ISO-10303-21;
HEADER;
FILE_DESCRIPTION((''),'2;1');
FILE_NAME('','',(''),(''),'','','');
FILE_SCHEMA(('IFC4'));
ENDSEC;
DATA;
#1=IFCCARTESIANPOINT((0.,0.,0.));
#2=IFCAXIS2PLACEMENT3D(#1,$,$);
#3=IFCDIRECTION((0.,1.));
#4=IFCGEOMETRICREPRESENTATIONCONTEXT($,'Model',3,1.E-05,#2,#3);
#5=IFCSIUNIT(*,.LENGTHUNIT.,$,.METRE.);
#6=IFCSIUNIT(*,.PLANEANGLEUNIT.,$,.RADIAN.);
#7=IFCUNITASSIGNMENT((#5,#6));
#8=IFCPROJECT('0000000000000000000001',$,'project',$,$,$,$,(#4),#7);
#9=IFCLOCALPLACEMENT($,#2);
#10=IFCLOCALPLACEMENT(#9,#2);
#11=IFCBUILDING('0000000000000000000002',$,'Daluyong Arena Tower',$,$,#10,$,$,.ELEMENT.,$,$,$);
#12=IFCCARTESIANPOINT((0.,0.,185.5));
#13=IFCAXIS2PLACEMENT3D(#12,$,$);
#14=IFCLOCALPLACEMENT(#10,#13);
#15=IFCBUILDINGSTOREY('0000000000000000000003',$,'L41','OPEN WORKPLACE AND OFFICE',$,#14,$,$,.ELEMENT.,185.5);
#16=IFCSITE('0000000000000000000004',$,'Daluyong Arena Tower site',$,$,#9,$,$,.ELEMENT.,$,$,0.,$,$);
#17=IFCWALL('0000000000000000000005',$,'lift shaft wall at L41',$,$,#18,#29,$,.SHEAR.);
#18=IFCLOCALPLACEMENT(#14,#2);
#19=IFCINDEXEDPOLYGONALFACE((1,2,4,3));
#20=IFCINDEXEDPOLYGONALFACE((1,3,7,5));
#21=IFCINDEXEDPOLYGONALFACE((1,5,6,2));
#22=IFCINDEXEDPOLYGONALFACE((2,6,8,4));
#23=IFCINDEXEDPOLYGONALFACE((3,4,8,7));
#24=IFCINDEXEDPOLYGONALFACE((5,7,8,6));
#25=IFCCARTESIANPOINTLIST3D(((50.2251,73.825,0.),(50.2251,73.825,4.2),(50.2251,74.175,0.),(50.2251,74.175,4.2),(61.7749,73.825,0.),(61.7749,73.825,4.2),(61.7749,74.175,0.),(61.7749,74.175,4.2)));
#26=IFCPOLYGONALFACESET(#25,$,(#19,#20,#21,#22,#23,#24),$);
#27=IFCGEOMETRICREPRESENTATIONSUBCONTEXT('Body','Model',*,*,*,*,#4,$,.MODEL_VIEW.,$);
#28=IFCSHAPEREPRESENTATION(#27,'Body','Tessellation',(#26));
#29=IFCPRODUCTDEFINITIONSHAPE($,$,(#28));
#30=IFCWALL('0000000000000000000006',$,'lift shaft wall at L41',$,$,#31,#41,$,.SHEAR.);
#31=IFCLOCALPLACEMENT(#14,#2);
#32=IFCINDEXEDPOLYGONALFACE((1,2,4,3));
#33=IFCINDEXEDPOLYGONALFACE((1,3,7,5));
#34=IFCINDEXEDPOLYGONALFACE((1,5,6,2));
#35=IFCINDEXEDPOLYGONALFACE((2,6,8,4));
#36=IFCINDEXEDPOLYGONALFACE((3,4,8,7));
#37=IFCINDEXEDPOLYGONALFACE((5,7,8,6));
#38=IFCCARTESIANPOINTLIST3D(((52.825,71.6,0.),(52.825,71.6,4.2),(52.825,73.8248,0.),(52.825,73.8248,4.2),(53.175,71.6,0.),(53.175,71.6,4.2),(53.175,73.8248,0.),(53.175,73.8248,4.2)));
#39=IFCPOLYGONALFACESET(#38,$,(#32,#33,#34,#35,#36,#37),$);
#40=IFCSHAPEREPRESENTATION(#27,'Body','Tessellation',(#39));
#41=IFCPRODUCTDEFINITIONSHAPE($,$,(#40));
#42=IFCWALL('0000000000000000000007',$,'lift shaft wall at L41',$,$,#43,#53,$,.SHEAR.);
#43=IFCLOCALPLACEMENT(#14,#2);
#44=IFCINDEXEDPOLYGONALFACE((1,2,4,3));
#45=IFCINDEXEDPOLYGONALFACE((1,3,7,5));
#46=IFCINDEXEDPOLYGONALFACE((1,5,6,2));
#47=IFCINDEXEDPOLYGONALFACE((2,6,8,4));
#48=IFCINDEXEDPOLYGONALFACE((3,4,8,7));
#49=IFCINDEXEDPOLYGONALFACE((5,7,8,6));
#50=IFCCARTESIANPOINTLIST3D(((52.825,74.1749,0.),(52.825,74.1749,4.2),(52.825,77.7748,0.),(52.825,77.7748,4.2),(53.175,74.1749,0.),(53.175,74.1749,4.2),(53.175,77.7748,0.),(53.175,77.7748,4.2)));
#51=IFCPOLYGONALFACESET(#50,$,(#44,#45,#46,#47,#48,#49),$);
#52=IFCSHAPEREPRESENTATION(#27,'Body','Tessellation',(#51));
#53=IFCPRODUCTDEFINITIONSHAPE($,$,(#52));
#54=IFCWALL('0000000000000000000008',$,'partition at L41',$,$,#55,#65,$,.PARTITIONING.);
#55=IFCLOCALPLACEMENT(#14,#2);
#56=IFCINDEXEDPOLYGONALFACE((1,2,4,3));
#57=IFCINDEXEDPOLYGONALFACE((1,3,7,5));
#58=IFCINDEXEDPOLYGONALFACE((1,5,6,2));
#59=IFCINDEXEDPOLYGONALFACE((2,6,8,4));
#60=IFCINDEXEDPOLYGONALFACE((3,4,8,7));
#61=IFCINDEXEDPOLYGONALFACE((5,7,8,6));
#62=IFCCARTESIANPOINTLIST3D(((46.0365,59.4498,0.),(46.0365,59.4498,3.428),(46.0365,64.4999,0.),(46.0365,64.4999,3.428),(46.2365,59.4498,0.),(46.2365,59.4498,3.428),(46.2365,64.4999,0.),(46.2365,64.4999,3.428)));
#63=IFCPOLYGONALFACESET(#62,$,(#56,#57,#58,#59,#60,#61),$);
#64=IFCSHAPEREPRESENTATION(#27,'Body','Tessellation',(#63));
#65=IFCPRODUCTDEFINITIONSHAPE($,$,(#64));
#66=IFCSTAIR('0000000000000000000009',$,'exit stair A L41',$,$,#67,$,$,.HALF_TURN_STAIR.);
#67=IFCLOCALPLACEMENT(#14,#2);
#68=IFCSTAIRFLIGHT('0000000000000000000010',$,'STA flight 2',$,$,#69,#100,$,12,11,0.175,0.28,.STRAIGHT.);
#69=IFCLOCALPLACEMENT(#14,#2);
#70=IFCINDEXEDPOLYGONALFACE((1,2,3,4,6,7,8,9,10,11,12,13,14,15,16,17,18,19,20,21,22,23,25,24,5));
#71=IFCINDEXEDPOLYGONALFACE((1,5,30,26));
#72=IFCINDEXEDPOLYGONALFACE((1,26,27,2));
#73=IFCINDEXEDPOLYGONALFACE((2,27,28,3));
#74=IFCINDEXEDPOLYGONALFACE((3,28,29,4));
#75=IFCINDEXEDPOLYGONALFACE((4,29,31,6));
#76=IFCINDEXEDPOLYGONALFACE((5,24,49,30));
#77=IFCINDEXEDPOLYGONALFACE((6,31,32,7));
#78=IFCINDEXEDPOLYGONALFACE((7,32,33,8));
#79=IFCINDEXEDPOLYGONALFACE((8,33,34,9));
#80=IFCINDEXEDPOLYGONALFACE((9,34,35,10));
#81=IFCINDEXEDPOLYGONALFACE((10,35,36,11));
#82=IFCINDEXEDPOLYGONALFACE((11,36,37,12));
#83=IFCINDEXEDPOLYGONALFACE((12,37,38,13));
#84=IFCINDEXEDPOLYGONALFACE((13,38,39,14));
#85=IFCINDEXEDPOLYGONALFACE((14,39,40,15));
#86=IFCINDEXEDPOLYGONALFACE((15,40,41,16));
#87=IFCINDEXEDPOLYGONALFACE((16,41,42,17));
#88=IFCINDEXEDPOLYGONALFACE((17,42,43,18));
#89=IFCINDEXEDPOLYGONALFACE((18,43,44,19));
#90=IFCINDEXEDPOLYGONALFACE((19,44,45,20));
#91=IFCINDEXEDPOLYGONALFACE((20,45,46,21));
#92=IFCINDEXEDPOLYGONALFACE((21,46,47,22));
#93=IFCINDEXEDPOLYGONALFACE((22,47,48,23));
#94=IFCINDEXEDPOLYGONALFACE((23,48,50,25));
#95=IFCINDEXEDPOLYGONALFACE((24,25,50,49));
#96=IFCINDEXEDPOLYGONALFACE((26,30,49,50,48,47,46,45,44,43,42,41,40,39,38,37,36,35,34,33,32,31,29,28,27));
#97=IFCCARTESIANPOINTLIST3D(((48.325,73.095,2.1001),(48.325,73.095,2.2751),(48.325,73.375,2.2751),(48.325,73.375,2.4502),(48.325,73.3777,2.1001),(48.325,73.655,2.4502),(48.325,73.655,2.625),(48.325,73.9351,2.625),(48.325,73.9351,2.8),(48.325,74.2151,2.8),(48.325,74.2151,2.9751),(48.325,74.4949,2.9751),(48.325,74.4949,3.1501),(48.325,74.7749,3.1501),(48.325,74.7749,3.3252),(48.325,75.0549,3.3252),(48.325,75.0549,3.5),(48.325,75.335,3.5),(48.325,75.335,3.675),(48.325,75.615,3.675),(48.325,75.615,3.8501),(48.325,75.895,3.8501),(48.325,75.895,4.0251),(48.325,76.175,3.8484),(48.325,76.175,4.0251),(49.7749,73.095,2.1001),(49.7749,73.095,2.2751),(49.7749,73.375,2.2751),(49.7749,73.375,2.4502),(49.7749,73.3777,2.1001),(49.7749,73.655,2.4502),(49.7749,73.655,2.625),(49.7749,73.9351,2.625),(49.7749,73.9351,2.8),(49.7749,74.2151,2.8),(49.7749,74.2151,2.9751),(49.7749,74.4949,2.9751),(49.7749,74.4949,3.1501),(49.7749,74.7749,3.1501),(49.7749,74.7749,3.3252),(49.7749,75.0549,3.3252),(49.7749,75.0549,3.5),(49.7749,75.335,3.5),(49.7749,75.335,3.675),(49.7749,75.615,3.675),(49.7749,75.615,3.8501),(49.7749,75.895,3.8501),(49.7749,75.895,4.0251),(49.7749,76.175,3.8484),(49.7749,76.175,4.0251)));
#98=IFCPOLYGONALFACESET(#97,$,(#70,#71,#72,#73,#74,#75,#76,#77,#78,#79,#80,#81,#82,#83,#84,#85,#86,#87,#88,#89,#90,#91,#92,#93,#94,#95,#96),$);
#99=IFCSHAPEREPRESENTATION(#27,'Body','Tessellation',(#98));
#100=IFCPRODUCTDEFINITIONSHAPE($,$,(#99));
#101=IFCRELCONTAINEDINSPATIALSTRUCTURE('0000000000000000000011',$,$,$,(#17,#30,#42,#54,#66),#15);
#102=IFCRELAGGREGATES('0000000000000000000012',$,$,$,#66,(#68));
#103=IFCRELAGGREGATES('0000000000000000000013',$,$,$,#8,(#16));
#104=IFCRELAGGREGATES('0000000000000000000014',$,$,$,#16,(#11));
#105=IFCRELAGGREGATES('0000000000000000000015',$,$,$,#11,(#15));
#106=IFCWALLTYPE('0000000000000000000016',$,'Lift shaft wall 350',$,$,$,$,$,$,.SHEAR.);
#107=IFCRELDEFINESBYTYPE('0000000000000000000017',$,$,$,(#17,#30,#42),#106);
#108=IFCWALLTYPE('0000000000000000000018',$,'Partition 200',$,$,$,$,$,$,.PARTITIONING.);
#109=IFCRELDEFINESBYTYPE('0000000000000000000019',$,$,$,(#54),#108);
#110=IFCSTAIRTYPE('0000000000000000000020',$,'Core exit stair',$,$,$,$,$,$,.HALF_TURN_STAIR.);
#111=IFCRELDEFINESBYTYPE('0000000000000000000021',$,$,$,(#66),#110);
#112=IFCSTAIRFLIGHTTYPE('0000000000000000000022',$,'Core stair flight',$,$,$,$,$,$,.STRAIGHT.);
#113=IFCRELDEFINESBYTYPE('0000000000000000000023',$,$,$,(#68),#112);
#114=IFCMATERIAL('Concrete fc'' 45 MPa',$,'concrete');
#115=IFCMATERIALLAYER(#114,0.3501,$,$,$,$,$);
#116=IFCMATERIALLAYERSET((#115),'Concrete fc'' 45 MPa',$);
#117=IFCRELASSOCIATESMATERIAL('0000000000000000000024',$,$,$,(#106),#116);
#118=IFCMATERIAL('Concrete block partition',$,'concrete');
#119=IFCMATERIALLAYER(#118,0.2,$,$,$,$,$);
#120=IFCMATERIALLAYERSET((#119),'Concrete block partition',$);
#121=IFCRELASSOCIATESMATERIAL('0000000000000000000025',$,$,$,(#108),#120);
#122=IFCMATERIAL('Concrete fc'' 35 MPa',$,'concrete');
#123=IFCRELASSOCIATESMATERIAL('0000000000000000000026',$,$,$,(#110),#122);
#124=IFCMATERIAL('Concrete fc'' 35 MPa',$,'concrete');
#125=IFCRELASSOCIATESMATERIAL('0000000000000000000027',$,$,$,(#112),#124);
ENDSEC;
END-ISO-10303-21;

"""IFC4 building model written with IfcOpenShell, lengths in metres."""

from ifc_helpers import new_model, si_unit, direction, frame, frame_2d, origin, place, context, subcontext, project, spatial, polyline, rectangle, outline, extrude, material, layer, layer_set, type_object, element, aggregate, save


model = new_model("IFC4")

# Units and contexts
model_context = context("Model", 3, precision=1e-05, world=origin(), true_north=direction((0.0, 1.0)))
body_context = subcontext(model_context, "Body", "Model", "MODEL_VIEW")
ifc_project = project(units=[si_unit("LENGTHUNIT", "METRE"), si_unit("PLANEANGLEUNIT", "RADIAN")], contexts=[model_context])

# Site, building, storey
site_placement = place(None, origin())
site = spatial("IfcSite", under=ifc_project, at=site_placement, Name="Daluyong Arena Tower site", CompositionType="ELEMENT", RefElevation=0.0)
building_placement = place(site_placement, origin())
building = spatial("IfcBuilding", under=site, at=building_placement, Name="Daluyong Arena Tower", CompositionType="ELEMENT")
storey_placement = place(building_placement, frame((0.0, 0.0, 185.5)))
storey = spatial("IfcBuildingStorey", under=building, at=storey_placement, Name="L41", Description="OPEN WORKPLACE AND OFFICE", CompositionType="ELEMENT", Elevation=185.5)

# Walls
ifc_material_1 = material(Name="Concrete fc' 45 MPa", Category="concrete")
ifc_layer_1 = layer(ifc_material_1, 0.3501)
ifc_layer_set_1 = layer_set([ifc_layer_1], Name="Concrete fc' 45 MPa")
wall_type_1 = type_object("IfcWallType", Name="Lift shaft wall 350", PredefinedType="SHEAR", material=ifc_layer_set_1)
wall_1_placement = place(storey_placement, frame((50.2251, 74.0, 0.0), z_axis=(0.0, 0.0, 1.0), x_axis=(1.0, 0.0, 0.0)))
element("IfcWall", 1, at=wall_1_placement, inside=storey, type_object=wall_type_1, Name="lift shaft wall at L41", PredefinedType="SHEAR", context=body_context, shape_type="SweptSolid", body=[
    extrude(rectangle(XDim=11.5498, YDim=0.3501, at=frame_2d((5.7749, 0.0))), origin(), (0.0, 0.0, 1.0), 4.2),
])
wall_2_placement = place(storey_placement, frame((53.0, 71.6001, 0.0), z_axis=(0.0, 0.0, 1.0), x_axis=(0.0, 1.0, 0.0)))
element("IfcWall", 2, at=wall_2_placement, inside=storey, type_object=wall_type_1, Name="lift shaft wall at L41", PredefinedType="SHEAR", context=body_context, shape_type="SweptSolid", body=[
    extrude(rectangle(XDim=2.2249, YDim=0.3501, at=frame_2d((1.1123, 0.0))), origin(), (0.0, 0.0, 1.0), 4.2),
])
wall_3_placement = place(storey_placement, frame((53.0, 74.175, 0.0), z_axis=(0.0, 0.0, 1.0), x_axis=(0.0, 1.0, 0.0)))
element("IfcWall", 3, at=wall_3_placement, inside=storey, type_object=wall_type_1, Name="lift shaft wall at L41", PredefinedType="SHEAR", context=body_context, shape_type="SweptSolid", body=[
    extrude(rectangle(XDim=3.5999, YDim=0.3501, at=frame_2d((1.7998, 0.0))), origin(), (0.0, 0.0, 1.0), 4.2),
])
ifc_material_2 = material(Name="Concrete block partition", Category="concrete")
ifc_layer_2 = layer(ifc_material_2, 0.2)
ifc_layer_set_2 = layer_set([ifc_layer_2], Name="Concrete block partition")
wall_type_2 = type_object("IfcWallType", Name="Partition 200", PredefinedType="PARTITIONING", material=ifc_layer_set_2)
wall_4_placement = place(storey_placement, frame((46.1365, 59.45, 0.0), z_axis=(0.0, 0.0, 1.0), x_axis=(0.0, 1.0, 0.0)))
element("IfcWall", 4, at=wall_4_placement, inside=storey, type_object=wall_type_2, Name="partition at L41", PredefinedType="PARTITIONING", context=body_context, shape_type="SweptSolid", body=[
    extrude(rectangle(XDim=5.05, YDim=0.2, at=frame_2d((2.5249, 0.0))), origin(), (0.0, 0.0, 1.0), 3.428),
])

# Stair, stair flight
ifc_material_3 = material(Name="Concrete fc' 35 MPa", Category="concrete")
stair_type = type_object("IfcStairType", Name="Core exit stair", PredefinedType="HALF_TURN_STAIR", material=ifc_material_3)
stair_placement = place(storey_placement, origin())
stair = element("IfcStair", 5, at=stair_placement, inside=storey, type_object=stair_type, Name="exit stair A L41", PredefinedType="HALF_TURN_STAIR")
ifc_material_4 = material(Name="Concrete fc' 35 MPa", Category="concrete")
stair_flight_type = type_object("IfcStairFlightType", Name="Core stair flight", PredefinedType="STRAIGHT", material=ifc_material_4)
stair_flight_placement = place(storey_placement, frame((49.05, 73.095, 2.1001), z_axis=(0.0, 0.0, 1.0), x_axis=(0.0, 1.0, 0.0)))
stair_flight = element("IfcStairFlight", 6, at=stair_flight_placement, type_object=stair_flight_type, Name="STA flight 2", NumberOfRisers=12, NumberOfTreads=11, PredefinedType="STRAIGHT", RiserHeight=0.175, TreadLength=0.28, context=body_context, shape_type="SweptSolid", body=[
    extrude(outline(polyline([(0.0, 0.0), (0.0, 0.175), (0.28, 0.175), (0.28, 0.3501), (0.5601, 0.3501), (0.5601, 0.5249), (0.8401, 0.5249), (0.8401, 0.7), (1.1201, 0.7), (1.1201, 0.875), (1.3999, 0.875), (1.3999, 1.05), (1.6799, 1.05), (1.6799, 1.2251), (1.96, 1.2251), (1.96, 1.3999), (2.24, 1.3999), (2.24, 1.575), (2.52, 1.575), (2.52, 1.75), (2.8, 1.75), (2.8, 1.925), (3.0801, 1.925), (3.0801, 2.1001), (3.0801, 1.7483), (0.2827, 0.0), (0.0, 0.0)])), frame((0.0, 0.7251, 0.0), z_axis=(0.0, -1.0, 0.0), x_axis=(1.0, 0.0, 0.0)), (0.0, 0.0, 1.0), 1.45),
])
aggregate(stair, [stair_flight])

save(model, "model.ifc")
